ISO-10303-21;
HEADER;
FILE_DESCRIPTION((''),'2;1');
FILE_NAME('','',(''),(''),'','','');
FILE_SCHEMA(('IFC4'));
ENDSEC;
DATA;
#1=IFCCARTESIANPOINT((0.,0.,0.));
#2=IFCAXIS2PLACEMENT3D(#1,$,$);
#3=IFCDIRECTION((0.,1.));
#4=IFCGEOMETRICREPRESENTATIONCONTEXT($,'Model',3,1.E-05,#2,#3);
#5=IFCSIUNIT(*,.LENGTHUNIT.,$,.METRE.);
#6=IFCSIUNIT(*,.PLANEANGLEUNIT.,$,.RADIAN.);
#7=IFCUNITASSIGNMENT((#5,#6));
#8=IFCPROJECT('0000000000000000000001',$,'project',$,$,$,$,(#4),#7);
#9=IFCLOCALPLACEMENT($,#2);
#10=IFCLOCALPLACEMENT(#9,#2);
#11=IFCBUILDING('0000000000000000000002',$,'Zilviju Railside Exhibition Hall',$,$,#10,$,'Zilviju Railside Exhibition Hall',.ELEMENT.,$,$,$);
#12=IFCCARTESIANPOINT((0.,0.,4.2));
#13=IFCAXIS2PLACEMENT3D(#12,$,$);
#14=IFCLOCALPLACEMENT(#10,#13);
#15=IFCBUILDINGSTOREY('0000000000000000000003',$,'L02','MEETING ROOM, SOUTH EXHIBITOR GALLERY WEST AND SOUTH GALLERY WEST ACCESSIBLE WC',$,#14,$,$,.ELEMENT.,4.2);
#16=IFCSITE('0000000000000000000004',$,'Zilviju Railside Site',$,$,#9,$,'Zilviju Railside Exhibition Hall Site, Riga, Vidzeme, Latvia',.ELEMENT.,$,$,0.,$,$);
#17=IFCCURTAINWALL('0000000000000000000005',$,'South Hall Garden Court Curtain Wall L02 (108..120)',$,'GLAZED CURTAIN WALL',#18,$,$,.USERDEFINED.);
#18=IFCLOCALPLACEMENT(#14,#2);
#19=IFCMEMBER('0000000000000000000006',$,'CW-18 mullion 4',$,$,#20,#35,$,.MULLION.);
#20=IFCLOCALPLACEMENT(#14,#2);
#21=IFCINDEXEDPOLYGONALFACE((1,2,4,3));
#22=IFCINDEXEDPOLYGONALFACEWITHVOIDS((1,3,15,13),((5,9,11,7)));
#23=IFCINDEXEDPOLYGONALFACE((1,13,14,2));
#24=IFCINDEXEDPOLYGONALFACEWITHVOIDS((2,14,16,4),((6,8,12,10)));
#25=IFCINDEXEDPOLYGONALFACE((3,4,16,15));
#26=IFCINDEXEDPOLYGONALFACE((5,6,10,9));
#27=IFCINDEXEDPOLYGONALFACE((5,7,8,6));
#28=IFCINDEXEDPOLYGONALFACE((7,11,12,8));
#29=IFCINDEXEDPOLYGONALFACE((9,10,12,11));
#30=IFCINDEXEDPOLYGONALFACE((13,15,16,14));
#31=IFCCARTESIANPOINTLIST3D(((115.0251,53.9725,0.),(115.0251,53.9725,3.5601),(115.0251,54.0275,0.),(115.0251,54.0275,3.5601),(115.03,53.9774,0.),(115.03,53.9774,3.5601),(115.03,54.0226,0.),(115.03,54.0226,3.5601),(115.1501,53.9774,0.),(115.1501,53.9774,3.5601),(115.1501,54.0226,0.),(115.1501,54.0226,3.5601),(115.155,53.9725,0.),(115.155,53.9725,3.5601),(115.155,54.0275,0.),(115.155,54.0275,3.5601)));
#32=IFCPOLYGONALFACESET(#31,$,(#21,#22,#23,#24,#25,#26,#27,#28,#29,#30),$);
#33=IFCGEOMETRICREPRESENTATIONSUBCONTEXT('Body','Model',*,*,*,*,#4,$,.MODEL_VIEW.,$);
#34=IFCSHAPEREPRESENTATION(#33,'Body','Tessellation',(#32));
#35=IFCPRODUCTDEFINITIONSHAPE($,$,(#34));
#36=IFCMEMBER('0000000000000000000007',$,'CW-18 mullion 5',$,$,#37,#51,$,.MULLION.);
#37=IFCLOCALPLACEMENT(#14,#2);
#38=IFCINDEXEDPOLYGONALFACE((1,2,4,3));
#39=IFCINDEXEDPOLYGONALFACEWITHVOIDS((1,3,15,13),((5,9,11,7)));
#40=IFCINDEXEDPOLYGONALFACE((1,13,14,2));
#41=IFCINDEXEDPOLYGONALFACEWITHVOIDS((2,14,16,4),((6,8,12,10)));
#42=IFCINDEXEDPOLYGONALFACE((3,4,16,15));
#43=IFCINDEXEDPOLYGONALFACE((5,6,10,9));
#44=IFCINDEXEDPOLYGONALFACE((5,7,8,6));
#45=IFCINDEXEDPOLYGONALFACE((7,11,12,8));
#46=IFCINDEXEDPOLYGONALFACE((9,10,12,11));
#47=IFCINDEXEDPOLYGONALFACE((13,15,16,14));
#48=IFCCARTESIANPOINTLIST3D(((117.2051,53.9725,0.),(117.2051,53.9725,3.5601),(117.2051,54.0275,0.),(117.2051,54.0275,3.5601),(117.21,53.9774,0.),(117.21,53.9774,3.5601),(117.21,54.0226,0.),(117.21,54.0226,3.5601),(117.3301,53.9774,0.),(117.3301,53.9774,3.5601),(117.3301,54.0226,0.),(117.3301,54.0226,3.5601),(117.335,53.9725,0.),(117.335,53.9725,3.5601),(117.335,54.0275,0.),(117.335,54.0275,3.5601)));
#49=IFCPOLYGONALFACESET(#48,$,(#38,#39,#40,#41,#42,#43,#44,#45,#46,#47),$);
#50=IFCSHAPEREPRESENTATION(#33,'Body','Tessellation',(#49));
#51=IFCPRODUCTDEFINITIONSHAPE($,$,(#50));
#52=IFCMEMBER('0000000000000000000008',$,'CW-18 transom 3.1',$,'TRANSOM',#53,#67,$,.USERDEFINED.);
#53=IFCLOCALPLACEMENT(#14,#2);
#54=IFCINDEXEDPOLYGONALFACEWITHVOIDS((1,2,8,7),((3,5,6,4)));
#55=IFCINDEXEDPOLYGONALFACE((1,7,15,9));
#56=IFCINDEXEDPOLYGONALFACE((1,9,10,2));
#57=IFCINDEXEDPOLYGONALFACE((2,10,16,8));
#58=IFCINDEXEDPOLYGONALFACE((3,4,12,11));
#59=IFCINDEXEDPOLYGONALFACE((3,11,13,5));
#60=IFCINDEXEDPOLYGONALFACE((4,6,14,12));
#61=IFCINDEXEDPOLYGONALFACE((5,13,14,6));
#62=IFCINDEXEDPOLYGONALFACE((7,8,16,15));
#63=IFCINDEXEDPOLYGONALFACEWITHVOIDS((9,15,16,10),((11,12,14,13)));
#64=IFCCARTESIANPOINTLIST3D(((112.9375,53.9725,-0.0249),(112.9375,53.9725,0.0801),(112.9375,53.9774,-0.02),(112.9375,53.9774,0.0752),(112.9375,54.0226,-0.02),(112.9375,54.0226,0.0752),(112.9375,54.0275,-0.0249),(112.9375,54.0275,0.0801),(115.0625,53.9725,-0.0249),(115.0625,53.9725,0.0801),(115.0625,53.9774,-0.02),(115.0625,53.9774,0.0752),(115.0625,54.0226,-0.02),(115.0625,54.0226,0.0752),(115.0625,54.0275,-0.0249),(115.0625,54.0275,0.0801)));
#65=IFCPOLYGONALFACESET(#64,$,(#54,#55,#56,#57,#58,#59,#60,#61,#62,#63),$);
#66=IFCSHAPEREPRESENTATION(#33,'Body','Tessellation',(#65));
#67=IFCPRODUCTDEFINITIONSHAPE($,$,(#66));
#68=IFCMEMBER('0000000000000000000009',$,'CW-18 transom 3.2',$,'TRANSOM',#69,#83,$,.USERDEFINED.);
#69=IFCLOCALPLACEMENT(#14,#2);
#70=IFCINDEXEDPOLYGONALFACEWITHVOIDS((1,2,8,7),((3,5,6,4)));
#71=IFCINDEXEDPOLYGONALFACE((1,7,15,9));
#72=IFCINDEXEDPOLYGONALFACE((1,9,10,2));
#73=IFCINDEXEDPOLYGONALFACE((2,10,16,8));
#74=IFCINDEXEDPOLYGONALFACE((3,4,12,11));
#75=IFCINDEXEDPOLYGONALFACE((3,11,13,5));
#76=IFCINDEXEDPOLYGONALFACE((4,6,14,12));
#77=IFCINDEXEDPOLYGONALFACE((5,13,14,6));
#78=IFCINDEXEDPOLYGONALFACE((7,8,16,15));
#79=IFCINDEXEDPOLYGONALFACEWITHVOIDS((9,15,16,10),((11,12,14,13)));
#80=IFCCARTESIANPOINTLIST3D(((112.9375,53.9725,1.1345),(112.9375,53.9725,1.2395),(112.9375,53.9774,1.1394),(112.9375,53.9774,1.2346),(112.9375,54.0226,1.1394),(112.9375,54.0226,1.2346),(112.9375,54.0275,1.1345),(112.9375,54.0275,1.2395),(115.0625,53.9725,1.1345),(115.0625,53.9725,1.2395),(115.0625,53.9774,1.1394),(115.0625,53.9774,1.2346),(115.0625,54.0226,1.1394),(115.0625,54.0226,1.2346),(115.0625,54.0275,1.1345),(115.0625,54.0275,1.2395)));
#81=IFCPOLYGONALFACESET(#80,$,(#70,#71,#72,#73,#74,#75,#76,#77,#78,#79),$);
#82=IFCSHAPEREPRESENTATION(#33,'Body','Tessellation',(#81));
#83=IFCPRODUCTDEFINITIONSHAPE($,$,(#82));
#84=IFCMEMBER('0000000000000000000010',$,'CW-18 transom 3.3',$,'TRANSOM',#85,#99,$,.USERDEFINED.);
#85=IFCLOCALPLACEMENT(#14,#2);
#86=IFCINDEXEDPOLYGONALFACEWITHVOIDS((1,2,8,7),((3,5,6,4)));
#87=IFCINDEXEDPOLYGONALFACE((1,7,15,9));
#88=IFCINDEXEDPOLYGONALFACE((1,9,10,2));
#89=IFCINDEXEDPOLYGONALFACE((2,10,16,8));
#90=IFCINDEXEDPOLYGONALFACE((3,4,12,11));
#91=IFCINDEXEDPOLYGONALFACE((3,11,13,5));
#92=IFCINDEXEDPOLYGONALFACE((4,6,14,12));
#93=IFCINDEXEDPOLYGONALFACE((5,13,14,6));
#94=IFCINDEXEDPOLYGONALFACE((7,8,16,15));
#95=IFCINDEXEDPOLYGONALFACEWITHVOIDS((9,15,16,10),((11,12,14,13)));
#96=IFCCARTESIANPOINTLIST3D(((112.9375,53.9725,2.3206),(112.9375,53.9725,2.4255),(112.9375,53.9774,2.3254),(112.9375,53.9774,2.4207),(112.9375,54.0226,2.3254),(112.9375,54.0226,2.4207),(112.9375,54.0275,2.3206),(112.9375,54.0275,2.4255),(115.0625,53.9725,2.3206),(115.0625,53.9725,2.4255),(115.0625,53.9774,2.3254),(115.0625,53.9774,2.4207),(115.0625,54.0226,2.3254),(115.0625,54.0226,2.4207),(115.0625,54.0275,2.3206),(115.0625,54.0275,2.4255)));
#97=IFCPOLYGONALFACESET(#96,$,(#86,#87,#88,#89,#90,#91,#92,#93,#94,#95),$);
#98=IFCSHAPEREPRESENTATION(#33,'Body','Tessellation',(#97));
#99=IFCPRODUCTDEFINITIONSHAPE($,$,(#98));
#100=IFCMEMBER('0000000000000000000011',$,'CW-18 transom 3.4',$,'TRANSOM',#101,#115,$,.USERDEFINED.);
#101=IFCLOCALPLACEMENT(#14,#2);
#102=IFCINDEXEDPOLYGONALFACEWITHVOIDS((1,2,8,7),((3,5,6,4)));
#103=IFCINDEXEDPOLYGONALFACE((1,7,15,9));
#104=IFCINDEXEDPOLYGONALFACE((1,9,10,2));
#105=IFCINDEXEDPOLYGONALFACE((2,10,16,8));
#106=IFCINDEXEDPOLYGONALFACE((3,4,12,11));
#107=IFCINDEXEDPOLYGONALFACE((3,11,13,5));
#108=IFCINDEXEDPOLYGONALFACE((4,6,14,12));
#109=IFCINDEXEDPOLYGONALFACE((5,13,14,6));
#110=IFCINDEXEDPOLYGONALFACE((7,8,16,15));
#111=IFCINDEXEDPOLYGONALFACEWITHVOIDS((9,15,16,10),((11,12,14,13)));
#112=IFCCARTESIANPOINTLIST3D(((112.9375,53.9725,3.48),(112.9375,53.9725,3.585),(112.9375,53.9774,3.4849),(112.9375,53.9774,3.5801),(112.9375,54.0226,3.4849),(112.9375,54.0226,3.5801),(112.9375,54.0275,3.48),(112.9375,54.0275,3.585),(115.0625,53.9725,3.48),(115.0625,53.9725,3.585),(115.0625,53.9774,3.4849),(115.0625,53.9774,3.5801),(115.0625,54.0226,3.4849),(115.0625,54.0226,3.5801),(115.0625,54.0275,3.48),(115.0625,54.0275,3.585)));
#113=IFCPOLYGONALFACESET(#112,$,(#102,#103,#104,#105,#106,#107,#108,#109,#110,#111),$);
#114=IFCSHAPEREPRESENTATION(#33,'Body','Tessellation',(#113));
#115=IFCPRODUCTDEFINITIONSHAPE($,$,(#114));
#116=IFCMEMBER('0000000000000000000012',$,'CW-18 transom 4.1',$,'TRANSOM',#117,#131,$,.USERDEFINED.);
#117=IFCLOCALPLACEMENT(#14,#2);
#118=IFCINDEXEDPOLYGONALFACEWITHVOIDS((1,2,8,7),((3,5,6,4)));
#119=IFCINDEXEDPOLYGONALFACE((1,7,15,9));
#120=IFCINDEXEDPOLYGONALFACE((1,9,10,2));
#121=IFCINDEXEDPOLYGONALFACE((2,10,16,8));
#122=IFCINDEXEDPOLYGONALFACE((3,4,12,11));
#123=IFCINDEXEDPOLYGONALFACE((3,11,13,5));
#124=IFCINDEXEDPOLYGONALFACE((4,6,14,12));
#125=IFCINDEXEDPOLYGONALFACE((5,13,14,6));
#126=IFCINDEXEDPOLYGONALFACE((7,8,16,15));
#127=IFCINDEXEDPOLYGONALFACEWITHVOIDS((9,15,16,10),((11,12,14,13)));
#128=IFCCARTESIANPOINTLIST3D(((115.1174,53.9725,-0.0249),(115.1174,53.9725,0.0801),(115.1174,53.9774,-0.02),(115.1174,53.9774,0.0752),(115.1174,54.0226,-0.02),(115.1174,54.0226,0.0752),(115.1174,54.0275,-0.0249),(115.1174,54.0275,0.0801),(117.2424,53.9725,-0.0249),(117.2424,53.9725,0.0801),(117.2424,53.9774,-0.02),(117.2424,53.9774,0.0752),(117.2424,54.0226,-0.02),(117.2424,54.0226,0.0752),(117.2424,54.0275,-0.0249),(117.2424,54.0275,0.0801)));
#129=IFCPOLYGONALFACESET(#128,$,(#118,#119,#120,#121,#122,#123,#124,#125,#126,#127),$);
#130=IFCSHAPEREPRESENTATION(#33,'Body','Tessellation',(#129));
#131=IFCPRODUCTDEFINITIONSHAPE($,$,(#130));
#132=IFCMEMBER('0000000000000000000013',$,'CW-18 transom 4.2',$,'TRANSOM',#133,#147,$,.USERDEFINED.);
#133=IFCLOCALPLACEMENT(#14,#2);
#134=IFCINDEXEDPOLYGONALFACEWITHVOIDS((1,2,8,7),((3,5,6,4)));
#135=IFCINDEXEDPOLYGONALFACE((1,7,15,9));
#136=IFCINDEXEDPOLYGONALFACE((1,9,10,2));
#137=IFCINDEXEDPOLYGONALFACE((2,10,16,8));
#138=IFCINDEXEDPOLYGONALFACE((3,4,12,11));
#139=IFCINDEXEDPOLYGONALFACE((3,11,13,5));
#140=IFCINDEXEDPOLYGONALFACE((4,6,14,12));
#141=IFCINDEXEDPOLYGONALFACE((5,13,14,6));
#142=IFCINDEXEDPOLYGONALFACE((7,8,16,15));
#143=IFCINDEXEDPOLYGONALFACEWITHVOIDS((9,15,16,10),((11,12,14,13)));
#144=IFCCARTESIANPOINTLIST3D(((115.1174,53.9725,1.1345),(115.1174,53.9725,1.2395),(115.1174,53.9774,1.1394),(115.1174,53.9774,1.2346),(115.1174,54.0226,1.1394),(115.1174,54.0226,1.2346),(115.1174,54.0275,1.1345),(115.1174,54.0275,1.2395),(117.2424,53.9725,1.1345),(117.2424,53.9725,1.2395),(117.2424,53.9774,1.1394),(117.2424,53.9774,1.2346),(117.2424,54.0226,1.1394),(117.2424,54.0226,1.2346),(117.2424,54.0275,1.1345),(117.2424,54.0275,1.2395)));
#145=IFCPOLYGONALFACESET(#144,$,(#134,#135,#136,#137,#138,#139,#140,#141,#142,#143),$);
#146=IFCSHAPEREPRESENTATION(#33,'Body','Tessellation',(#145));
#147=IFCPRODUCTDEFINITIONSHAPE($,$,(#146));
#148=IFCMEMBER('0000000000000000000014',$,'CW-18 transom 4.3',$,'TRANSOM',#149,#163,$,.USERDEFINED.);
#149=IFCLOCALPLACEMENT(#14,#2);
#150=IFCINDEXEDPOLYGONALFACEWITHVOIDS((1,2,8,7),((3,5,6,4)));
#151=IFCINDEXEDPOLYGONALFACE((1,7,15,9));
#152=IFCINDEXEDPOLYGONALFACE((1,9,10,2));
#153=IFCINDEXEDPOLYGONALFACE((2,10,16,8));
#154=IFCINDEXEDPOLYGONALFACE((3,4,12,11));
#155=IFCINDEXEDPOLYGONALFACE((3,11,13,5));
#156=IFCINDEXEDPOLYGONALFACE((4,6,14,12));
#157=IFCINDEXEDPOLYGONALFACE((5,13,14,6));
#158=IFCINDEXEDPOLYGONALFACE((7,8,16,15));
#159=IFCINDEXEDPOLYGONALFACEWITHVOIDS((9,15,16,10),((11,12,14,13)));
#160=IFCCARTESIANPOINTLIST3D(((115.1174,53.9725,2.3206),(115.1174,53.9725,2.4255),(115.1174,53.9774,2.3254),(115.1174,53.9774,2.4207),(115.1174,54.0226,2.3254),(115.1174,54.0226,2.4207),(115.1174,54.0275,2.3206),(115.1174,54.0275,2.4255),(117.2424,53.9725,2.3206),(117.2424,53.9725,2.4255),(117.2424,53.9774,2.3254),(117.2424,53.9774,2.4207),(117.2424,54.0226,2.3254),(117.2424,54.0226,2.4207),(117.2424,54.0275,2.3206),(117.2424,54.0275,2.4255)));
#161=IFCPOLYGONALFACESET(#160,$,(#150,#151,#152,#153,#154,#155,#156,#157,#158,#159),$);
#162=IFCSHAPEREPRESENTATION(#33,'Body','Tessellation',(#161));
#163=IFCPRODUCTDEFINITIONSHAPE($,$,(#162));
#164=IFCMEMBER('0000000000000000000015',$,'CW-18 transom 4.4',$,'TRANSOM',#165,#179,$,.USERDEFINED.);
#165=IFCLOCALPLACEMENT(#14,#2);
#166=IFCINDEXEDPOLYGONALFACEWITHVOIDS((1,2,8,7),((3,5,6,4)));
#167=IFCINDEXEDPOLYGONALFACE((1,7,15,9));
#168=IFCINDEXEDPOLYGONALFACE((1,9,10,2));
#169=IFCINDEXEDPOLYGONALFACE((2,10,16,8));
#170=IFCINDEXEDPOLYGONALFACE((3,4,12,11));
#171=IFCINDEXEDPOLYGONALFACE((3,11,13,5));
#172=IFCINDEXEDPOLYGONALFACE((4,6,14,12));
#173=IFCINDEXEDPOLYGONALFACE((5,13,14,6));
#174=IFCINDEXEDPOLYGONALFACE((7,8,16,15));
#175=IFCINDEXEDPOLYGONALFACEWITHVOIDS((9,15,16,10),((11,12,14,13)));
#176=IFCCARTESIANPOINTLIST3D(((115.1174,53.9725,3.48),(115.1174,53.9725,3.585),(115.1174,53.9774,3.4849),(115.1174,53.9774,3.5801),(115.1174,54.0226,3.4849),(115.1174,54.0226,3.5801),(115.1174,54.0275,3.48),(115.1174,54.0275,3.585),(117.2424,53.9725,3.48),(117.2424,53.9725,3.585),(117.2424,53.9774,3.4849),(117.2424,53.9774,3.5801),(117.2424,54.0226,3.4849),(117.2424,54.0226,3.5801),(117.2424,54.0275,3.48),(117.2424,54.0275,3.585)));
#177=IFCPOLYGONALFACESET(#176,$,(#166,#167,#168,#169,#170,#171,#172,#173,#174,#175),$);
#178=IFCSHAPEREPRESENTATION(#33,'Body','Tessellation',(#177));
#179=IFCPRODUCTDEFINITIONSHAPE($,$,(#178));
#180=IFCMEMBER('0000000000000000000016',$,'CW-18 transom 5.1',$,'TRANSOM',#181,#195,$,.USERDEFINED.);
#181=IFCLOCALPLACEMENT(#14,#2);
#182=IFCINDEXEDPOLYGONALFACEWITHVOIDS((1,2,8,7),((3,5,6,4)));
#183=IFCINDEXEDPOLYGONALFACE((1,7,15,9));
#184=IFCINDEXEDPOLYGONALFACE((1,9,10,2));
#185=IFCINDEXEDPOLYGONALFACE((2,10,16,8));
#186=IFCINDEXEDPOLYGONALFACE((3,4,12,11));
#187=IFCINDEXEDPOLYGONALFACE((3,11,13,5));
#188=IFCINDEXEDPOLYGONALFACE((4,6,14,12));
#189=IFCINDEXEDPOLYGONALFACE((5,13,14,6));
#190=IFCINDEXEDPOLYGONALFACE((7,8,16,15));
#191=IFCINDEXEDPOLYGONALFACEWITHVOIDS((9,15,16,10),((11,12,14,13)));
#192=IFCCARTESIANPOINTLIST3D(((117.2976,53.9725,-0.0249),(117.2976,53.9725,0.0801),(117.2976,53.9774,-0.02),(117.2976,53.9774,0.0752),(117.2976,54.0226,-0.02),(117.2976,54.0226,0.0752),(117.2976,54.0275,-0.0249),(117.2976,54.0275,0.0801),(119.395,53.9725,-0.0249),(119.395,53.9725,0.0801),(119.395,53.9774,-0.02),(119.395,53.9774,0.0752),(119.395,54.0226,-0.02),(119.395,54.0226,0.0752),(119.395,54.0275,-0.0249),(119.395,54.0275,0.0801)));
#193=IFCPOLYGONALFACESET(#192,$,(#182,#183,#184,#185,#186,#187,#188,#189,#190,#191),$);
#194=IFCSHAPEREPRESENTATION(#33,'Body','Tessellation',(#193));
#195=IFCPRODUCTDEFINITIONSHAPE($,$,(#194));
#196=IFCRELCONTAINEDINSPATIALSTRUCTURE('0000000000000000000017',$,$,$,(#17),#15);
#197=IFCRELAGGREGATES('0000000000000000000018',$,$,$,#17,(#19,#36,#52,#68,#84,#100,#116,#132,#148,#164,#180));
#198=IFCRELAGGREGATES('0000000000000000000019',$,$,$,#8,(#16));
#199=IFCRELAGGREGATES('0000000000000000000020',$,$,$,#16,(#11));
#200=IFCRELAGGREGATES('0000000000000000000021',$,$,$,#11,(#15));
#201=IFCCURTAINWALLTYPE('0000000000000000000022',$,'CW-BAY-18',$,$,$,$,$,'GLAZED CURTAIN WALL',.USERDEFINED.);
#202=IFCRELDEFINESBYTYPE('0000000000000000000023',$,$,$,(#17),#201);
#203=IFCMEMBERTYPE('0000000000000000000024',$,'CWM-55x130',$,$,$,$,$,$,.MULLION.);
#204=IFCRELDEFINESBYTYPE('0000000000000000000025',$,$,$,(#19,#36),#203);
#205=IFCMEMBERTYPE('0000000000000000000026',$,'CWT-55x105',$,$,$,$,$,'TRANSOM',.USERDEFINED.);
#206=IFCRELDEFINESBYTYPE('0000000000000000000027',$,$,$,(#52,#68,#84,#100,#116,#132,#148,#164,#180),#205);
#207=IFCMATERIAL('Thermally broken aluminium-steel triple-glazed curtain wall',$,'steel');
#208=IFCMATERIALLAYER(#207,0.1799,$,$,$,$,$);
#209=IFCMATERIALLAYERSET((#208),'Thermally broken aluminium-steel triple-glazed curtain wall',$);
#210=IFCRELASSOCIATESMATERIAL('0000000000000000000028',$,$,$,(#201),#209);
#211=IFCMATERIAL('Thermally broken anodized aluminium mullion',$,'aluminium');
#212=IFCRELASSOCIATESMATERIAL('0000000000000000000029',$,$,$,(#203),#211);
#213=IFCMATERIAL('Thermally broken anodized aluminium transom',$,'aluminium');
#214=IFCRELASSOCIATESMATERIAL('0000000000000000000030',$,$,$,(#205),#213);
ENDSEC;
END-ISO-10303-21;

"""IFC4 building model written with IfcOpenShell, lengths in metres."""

from ifc_helpers import new_model, si_unit, direction, frame, origin, origin_2d, place, context, subcontext, project, spatial, hollow_rectangle, extrude, material, layer, layer_set, material_profile, profile_set, type_object, element, aggregate, save


model = new_model("IFC4")

# Units and contexts
model_context = context("Model", 3, precision=1e-05, world=origin(), true_north=direction((0.0, 1.0)))
body_context = subcontext(model_context, "Body", "Model", "MODEL_VIEW")
ifc_project = project(units=[si_unit("LENGTHUNIT", "METRE"), si_unit("PLANEANGLEUNIT", "RADIAN")], contexts=[model_context])

# Site, building, storey
site_placement = place(None, origin())
site = spatial("IfcSite", under=ifc_project, at=site_placement, Name="Zilviju Railside Site", LongName="Zilviju Railside Exhibition Hall Site, Riga, Vidzeme, Latvia", CompositionType="ELEMENT", RefElevation=0.0)
building_placement = place(site_placement, origin())
building = spatial("IfcBuilding", under=site, at=building_placement, Name="Zilviju Railside Exhibition Hall", LongName="Zilviju Railside Exhibition Hall", CompositionType="ELEMENT")
storey_placement = place(building_placement, frame((0.0, 0.0, 4.2)))
storey = spatial("IfcBuildingStorey", under=building, at=storey_placement, Name="L02", Description="MEETING ROOM, SOUTH EXHIBITOR GALLERY WEST AND SOUTH GALLERY WEST ACCESSIBLE WC", CompositionType="ELEMENT", Elevation=4.2)

# Curtain wall, members
ifc_material_1 = material(Name="Thermally broken aluminium-steel triple-glazed curtain wall", Category="steel")
ifc_layer_1 = layer(ifc_material_1, 0.1799)
ifc_layer_set_1 = layer_set([ifc_layer_1], Name="Thermally broken aluminium-steel triple-glazed curtain wall")
curtain_wall_type = type_object("IfcCurtainWallType", Name="CW-BAY-18", ElementType="GLAZED CURTAIN WALL", PredefinedType="USERDEFINED", material=ifc_layer_set_1)
curtain_wall_placement = place(storey_placement, origin())
curtain_wall = element("IfcCurtainWall", 1, at=curtain_wall_placement, inside=storey, type_object=curtain_wall_type, Name="South Hall Garden Court Curtain Wall L02 (108..120)", ObjectType="GLAZED CURTAIN WALL", PredefinedType="USERDEFINED")
ifc_material_2 = material(Name="Thermally broken anodized aluminium mullion", Category="aluminium")
ifc_material_profile_1 = material_profile(ifc_material_2, hollow_rectangle(XDim=0.0549, YDim=0.1299, WallThickness=0.0049, at=origin_2d()), Name="MULLION 130x55x5")
ifc_profile_set_1 = profile_set([ifc_material_profile_1], Name="Thermally broken anodized aluminium mullion")
member_type_1 = type_object("IfcMemberType", Name="CWM-55x130", PredefinedType="MULLION", material=ifc_profile_set_1)
member_1_placement = place(storey_placement, frame((115.0901, 54.0, 0.0), z_axis=(0.0, 0.0, 1.0), x_axis=(0.0, 1.0, 0.0)))
member_1 = element("IfcMember", 2, at=member_1_placement, type_object=member_type_1, Name="CW-18 mullion 4", PredefinedType="MULLION", context=body_context, shape_type="SweptSolid", body=[
    extrude(hollow_rectangle(XDim=0.0549, YDim=0.1299, WallThickness=0.0049, at=origin_2d()), origin(), (0.0, 0.0, 1.0), 3.5601),
])
member_2_placement = place(storey_placement, frame((117.27, 54.0, 0.0), z_axis=(0.0, 0.0, 1.0), x_axis=(0.0, 1.0, 0.0)))
member_2 = element("IfcMember", 3, at=member_2_placement, type_object=member_type_1, Name="CW-18 mullion 5", PredefinedType="MULLION", context=body_context, shape_type="SweptSolid", body=[
    extrude(hollow_rectangle(XDim=0.0549, YDim=0.1299, WallThickness=0.0049, at=origin_2d()), origin(), (0.0, 0.0, 1.0), 3.5601),
])
ifc_material_3 = material(Name="Thermally broken anodized aluminium transom", Category="aluminium")
ifc_material_profile_2 = material_profile(ifc_material_3, hollow_rectangle(XDim=0.0549, YDim=0.105, WallThickness=0.0049, at=origin_2d()), Name="TRANSOM 105x55x5")
ifc_profile_set_2 = profile_set([ifc_material_profile_2], Name="Thermally broken anodized aluminium transom")
member_type_2 = type_object("IfcMemberType", Name="CWT-55x105", ElementType="TRANSOM", PredefinedType="USERDEFINED", material=ifc_profile_set_2)
member_3_placement = place(storey_placement, frame((112.9375, 54.0, 0.0276), z_axis=(1.0, 0.0, 0.0), x_axis=(0.0, 1.0, 0.0)))
member_3 = element("IfcMember", 4, at=member_3_placement, type_object=member_type_2, Name="CW-18 transom 3.1", ObjectType="TRANSOM", PredefinedType="USERDEFINED", context=body_context, shape_type="SweptSolid", body=[
    extrude(hollow_rectangle(XDim=0.0549, YDim=0.105, WallThickness=0.0049, at=origin_2d()), origin(), (0.0, 0.0, 1.0), 2.125),
])
member_4_placement = place(storey_placement, frame((112.9375, 54.0, 1.187), z_axis=(1.0, 0.0, 0.0), x_axis=(0.0, 1.0, 0.0)))
member_4 = element("IfcMember", 5, at=member_4_placement, type_object=member_type_2, Name="CW-18 transom 3.2", ObjectType="TRANSOM", PredefinedType="USERDEFINED", context=body_context, shape_type="SweptSolid", body=[
    extrude(hollow_rectangle(XDim=0.0549, YDim=0.105, WallThickness=0.0049, at=origin_2d()), origin(), (0.0, 0.0, 1.0), 2.125),
])
member_5_placement = place(storey_placement, frame((112.9375, 54.0, 2.373), z_axis=(1.0, 0.0, 0.0), x_axis=(0.0, 1.0, 0.0)))
member_5 = element("IfcMember", 6, at=member_5_placement, type_object=member_type_2, Name="CW-18 transom 3.3", ObjectType="TRANSOM", PredefinedType="USERDEFINED", context=body_context, shape_type="SweptSolid", body=[
    extrude(hollow_rectangle(XDim=0.0549, YDim=0.105, WallThickness=0.0049, at=origin_2d()), origin(), (0.0, 0.0, 1.0), 2.125),
])
member_6_placement = place(storey_placement, frame((112.9375, 54.0, 3.5325), z_axis=(1.0, 0.0, 0.0), x_axis=(0.0, 1.0, 0.0)))
member_6 = element("IfcMember", 7, at=member_6_placement, type_object=member_type_2, Name="CW-18 transom 3.4", ObjectType="TRANSOM", PredefinedType="USERDEFINED", context=body_context, shape_type="SweptSolid", body=[
    extrude(hollow_rectangle(XDim=0.0549, YDim=0.105, WallThickness=0.0049, at=origin_2d()), origin(), (0.0, 0.0, 1.0), 2.125),
])
member_7_placement = place(storey_placement, frame((115.1174, 54.0, 0.0276), z_axis=(1.0, 0.0, 0.0), x_axis=(0.0, 1.0, 0.0)))
member_7 = element("IfcMember", 8, at=member_7_placement, type_object=member_type_2, Name="CW-18 transom 4.1", ObjectType="TRANSOM", PredefinedType="USERDEFINED", context=body_context, shape_type="SweptSolid", body=[
    extrude(hollow_rectangle(XDim=0.0549, YDim=0.105, WallThickness=0.0049, at=origin_2d()), origin(), (0.0, 0.0, 1.0), 2.125),
])
member_8_placement = place(storey_placement, frame((115.1174, 54.0, 1.187), z_axis=(1.0, 0.0, 0.0), x_axis=(0.0, 1.0, 0.0)))
member_8 = element("IfcMember", 9, at=member_8_placement, type_object=member_type_2, Name="CW-18 transom 4.2", ObjectType="TRANSOM", PredefinedType="USERDEFINED", context=body_context, shape_type="SweptSolid", body=[
    extrude(hollow_rectangle(XDim=0.0549, YDim=0.105, WallThickness=0.0049, at=origin_2d()), origin(), (0.0, 0.0, 1.0), 2.125),
])
member_9_placement = place(storey_placement, frame((115.1174, 54.0, 2.373), z_axis=(1.0, 0.0, 0.0), x_axis=(0.0, 1.0, 0.0)))
member_9 = element("IfcMember", 10, at=member_9_placement, type_object=member_type_2, Name="CW-18 transom 4.3", ObjectType="TRANSOM", PredefinedType="USERDEFINED", context=body_context, shape_type="SweptSolid", body=[
    extrude(hollow_rectangle(XDim=0.0549, YDim=0.105, WallThickness=0.0049, at=origin_2d()), origin(), (0.0, 0.0, 1.0), 2.125),
])
member_10_placement = place(storey_placement, frame((115.1174, 54.0, 3.5325), z_axis=(1.0, 0.0, 0.0), x_axis=(0.0, 1.0, 0.0)))
member_10 = element("IfcMember", 11, at=member_10_placement, type_object=member_type_2, Name="CW-18 transom 4.4", ObjectType="TRANSOM", PredefinedType="USERDEFINED", context=body_context, shape_type="SweptSolid", body=[
    extrude(hollow_rectangle(XDim=0.0549, YDim=0.105, WallThickness=0.0049, at=origin_2d()), origin(), (0.0, 0.0, 1.0), 2.125),
])
member_11_placement = place(storey_placement, frame((117.2976, 54.0, 0.0276), z_axis=(1.0, 0.0, 0.0), x_axis=(0.0, 1.0, 0.0)))
member_11 = element("IfcMember", 12, at=member_11_placement, type_object=member_type_2, Name="CW-18 transom 5.1", ObjectType="TRANSOM", PredefinedType="USERDEFINED", context=body_context, shape_type="SweptSolid", body=[
    extrude(hollow_rectangle(XDim=0.0549, YDim=0.105, WallThickness=0.0049, at=origin_2d()), origin(), (0.0, 0.0, 1.0), 2.0974),
])
aggregate(curtain_wall, [member_1, member_2, member_3, member_4, member_5, member_6, member_7, member_8, member_9, member_10, member_11])

save(model, "model.ifc")
